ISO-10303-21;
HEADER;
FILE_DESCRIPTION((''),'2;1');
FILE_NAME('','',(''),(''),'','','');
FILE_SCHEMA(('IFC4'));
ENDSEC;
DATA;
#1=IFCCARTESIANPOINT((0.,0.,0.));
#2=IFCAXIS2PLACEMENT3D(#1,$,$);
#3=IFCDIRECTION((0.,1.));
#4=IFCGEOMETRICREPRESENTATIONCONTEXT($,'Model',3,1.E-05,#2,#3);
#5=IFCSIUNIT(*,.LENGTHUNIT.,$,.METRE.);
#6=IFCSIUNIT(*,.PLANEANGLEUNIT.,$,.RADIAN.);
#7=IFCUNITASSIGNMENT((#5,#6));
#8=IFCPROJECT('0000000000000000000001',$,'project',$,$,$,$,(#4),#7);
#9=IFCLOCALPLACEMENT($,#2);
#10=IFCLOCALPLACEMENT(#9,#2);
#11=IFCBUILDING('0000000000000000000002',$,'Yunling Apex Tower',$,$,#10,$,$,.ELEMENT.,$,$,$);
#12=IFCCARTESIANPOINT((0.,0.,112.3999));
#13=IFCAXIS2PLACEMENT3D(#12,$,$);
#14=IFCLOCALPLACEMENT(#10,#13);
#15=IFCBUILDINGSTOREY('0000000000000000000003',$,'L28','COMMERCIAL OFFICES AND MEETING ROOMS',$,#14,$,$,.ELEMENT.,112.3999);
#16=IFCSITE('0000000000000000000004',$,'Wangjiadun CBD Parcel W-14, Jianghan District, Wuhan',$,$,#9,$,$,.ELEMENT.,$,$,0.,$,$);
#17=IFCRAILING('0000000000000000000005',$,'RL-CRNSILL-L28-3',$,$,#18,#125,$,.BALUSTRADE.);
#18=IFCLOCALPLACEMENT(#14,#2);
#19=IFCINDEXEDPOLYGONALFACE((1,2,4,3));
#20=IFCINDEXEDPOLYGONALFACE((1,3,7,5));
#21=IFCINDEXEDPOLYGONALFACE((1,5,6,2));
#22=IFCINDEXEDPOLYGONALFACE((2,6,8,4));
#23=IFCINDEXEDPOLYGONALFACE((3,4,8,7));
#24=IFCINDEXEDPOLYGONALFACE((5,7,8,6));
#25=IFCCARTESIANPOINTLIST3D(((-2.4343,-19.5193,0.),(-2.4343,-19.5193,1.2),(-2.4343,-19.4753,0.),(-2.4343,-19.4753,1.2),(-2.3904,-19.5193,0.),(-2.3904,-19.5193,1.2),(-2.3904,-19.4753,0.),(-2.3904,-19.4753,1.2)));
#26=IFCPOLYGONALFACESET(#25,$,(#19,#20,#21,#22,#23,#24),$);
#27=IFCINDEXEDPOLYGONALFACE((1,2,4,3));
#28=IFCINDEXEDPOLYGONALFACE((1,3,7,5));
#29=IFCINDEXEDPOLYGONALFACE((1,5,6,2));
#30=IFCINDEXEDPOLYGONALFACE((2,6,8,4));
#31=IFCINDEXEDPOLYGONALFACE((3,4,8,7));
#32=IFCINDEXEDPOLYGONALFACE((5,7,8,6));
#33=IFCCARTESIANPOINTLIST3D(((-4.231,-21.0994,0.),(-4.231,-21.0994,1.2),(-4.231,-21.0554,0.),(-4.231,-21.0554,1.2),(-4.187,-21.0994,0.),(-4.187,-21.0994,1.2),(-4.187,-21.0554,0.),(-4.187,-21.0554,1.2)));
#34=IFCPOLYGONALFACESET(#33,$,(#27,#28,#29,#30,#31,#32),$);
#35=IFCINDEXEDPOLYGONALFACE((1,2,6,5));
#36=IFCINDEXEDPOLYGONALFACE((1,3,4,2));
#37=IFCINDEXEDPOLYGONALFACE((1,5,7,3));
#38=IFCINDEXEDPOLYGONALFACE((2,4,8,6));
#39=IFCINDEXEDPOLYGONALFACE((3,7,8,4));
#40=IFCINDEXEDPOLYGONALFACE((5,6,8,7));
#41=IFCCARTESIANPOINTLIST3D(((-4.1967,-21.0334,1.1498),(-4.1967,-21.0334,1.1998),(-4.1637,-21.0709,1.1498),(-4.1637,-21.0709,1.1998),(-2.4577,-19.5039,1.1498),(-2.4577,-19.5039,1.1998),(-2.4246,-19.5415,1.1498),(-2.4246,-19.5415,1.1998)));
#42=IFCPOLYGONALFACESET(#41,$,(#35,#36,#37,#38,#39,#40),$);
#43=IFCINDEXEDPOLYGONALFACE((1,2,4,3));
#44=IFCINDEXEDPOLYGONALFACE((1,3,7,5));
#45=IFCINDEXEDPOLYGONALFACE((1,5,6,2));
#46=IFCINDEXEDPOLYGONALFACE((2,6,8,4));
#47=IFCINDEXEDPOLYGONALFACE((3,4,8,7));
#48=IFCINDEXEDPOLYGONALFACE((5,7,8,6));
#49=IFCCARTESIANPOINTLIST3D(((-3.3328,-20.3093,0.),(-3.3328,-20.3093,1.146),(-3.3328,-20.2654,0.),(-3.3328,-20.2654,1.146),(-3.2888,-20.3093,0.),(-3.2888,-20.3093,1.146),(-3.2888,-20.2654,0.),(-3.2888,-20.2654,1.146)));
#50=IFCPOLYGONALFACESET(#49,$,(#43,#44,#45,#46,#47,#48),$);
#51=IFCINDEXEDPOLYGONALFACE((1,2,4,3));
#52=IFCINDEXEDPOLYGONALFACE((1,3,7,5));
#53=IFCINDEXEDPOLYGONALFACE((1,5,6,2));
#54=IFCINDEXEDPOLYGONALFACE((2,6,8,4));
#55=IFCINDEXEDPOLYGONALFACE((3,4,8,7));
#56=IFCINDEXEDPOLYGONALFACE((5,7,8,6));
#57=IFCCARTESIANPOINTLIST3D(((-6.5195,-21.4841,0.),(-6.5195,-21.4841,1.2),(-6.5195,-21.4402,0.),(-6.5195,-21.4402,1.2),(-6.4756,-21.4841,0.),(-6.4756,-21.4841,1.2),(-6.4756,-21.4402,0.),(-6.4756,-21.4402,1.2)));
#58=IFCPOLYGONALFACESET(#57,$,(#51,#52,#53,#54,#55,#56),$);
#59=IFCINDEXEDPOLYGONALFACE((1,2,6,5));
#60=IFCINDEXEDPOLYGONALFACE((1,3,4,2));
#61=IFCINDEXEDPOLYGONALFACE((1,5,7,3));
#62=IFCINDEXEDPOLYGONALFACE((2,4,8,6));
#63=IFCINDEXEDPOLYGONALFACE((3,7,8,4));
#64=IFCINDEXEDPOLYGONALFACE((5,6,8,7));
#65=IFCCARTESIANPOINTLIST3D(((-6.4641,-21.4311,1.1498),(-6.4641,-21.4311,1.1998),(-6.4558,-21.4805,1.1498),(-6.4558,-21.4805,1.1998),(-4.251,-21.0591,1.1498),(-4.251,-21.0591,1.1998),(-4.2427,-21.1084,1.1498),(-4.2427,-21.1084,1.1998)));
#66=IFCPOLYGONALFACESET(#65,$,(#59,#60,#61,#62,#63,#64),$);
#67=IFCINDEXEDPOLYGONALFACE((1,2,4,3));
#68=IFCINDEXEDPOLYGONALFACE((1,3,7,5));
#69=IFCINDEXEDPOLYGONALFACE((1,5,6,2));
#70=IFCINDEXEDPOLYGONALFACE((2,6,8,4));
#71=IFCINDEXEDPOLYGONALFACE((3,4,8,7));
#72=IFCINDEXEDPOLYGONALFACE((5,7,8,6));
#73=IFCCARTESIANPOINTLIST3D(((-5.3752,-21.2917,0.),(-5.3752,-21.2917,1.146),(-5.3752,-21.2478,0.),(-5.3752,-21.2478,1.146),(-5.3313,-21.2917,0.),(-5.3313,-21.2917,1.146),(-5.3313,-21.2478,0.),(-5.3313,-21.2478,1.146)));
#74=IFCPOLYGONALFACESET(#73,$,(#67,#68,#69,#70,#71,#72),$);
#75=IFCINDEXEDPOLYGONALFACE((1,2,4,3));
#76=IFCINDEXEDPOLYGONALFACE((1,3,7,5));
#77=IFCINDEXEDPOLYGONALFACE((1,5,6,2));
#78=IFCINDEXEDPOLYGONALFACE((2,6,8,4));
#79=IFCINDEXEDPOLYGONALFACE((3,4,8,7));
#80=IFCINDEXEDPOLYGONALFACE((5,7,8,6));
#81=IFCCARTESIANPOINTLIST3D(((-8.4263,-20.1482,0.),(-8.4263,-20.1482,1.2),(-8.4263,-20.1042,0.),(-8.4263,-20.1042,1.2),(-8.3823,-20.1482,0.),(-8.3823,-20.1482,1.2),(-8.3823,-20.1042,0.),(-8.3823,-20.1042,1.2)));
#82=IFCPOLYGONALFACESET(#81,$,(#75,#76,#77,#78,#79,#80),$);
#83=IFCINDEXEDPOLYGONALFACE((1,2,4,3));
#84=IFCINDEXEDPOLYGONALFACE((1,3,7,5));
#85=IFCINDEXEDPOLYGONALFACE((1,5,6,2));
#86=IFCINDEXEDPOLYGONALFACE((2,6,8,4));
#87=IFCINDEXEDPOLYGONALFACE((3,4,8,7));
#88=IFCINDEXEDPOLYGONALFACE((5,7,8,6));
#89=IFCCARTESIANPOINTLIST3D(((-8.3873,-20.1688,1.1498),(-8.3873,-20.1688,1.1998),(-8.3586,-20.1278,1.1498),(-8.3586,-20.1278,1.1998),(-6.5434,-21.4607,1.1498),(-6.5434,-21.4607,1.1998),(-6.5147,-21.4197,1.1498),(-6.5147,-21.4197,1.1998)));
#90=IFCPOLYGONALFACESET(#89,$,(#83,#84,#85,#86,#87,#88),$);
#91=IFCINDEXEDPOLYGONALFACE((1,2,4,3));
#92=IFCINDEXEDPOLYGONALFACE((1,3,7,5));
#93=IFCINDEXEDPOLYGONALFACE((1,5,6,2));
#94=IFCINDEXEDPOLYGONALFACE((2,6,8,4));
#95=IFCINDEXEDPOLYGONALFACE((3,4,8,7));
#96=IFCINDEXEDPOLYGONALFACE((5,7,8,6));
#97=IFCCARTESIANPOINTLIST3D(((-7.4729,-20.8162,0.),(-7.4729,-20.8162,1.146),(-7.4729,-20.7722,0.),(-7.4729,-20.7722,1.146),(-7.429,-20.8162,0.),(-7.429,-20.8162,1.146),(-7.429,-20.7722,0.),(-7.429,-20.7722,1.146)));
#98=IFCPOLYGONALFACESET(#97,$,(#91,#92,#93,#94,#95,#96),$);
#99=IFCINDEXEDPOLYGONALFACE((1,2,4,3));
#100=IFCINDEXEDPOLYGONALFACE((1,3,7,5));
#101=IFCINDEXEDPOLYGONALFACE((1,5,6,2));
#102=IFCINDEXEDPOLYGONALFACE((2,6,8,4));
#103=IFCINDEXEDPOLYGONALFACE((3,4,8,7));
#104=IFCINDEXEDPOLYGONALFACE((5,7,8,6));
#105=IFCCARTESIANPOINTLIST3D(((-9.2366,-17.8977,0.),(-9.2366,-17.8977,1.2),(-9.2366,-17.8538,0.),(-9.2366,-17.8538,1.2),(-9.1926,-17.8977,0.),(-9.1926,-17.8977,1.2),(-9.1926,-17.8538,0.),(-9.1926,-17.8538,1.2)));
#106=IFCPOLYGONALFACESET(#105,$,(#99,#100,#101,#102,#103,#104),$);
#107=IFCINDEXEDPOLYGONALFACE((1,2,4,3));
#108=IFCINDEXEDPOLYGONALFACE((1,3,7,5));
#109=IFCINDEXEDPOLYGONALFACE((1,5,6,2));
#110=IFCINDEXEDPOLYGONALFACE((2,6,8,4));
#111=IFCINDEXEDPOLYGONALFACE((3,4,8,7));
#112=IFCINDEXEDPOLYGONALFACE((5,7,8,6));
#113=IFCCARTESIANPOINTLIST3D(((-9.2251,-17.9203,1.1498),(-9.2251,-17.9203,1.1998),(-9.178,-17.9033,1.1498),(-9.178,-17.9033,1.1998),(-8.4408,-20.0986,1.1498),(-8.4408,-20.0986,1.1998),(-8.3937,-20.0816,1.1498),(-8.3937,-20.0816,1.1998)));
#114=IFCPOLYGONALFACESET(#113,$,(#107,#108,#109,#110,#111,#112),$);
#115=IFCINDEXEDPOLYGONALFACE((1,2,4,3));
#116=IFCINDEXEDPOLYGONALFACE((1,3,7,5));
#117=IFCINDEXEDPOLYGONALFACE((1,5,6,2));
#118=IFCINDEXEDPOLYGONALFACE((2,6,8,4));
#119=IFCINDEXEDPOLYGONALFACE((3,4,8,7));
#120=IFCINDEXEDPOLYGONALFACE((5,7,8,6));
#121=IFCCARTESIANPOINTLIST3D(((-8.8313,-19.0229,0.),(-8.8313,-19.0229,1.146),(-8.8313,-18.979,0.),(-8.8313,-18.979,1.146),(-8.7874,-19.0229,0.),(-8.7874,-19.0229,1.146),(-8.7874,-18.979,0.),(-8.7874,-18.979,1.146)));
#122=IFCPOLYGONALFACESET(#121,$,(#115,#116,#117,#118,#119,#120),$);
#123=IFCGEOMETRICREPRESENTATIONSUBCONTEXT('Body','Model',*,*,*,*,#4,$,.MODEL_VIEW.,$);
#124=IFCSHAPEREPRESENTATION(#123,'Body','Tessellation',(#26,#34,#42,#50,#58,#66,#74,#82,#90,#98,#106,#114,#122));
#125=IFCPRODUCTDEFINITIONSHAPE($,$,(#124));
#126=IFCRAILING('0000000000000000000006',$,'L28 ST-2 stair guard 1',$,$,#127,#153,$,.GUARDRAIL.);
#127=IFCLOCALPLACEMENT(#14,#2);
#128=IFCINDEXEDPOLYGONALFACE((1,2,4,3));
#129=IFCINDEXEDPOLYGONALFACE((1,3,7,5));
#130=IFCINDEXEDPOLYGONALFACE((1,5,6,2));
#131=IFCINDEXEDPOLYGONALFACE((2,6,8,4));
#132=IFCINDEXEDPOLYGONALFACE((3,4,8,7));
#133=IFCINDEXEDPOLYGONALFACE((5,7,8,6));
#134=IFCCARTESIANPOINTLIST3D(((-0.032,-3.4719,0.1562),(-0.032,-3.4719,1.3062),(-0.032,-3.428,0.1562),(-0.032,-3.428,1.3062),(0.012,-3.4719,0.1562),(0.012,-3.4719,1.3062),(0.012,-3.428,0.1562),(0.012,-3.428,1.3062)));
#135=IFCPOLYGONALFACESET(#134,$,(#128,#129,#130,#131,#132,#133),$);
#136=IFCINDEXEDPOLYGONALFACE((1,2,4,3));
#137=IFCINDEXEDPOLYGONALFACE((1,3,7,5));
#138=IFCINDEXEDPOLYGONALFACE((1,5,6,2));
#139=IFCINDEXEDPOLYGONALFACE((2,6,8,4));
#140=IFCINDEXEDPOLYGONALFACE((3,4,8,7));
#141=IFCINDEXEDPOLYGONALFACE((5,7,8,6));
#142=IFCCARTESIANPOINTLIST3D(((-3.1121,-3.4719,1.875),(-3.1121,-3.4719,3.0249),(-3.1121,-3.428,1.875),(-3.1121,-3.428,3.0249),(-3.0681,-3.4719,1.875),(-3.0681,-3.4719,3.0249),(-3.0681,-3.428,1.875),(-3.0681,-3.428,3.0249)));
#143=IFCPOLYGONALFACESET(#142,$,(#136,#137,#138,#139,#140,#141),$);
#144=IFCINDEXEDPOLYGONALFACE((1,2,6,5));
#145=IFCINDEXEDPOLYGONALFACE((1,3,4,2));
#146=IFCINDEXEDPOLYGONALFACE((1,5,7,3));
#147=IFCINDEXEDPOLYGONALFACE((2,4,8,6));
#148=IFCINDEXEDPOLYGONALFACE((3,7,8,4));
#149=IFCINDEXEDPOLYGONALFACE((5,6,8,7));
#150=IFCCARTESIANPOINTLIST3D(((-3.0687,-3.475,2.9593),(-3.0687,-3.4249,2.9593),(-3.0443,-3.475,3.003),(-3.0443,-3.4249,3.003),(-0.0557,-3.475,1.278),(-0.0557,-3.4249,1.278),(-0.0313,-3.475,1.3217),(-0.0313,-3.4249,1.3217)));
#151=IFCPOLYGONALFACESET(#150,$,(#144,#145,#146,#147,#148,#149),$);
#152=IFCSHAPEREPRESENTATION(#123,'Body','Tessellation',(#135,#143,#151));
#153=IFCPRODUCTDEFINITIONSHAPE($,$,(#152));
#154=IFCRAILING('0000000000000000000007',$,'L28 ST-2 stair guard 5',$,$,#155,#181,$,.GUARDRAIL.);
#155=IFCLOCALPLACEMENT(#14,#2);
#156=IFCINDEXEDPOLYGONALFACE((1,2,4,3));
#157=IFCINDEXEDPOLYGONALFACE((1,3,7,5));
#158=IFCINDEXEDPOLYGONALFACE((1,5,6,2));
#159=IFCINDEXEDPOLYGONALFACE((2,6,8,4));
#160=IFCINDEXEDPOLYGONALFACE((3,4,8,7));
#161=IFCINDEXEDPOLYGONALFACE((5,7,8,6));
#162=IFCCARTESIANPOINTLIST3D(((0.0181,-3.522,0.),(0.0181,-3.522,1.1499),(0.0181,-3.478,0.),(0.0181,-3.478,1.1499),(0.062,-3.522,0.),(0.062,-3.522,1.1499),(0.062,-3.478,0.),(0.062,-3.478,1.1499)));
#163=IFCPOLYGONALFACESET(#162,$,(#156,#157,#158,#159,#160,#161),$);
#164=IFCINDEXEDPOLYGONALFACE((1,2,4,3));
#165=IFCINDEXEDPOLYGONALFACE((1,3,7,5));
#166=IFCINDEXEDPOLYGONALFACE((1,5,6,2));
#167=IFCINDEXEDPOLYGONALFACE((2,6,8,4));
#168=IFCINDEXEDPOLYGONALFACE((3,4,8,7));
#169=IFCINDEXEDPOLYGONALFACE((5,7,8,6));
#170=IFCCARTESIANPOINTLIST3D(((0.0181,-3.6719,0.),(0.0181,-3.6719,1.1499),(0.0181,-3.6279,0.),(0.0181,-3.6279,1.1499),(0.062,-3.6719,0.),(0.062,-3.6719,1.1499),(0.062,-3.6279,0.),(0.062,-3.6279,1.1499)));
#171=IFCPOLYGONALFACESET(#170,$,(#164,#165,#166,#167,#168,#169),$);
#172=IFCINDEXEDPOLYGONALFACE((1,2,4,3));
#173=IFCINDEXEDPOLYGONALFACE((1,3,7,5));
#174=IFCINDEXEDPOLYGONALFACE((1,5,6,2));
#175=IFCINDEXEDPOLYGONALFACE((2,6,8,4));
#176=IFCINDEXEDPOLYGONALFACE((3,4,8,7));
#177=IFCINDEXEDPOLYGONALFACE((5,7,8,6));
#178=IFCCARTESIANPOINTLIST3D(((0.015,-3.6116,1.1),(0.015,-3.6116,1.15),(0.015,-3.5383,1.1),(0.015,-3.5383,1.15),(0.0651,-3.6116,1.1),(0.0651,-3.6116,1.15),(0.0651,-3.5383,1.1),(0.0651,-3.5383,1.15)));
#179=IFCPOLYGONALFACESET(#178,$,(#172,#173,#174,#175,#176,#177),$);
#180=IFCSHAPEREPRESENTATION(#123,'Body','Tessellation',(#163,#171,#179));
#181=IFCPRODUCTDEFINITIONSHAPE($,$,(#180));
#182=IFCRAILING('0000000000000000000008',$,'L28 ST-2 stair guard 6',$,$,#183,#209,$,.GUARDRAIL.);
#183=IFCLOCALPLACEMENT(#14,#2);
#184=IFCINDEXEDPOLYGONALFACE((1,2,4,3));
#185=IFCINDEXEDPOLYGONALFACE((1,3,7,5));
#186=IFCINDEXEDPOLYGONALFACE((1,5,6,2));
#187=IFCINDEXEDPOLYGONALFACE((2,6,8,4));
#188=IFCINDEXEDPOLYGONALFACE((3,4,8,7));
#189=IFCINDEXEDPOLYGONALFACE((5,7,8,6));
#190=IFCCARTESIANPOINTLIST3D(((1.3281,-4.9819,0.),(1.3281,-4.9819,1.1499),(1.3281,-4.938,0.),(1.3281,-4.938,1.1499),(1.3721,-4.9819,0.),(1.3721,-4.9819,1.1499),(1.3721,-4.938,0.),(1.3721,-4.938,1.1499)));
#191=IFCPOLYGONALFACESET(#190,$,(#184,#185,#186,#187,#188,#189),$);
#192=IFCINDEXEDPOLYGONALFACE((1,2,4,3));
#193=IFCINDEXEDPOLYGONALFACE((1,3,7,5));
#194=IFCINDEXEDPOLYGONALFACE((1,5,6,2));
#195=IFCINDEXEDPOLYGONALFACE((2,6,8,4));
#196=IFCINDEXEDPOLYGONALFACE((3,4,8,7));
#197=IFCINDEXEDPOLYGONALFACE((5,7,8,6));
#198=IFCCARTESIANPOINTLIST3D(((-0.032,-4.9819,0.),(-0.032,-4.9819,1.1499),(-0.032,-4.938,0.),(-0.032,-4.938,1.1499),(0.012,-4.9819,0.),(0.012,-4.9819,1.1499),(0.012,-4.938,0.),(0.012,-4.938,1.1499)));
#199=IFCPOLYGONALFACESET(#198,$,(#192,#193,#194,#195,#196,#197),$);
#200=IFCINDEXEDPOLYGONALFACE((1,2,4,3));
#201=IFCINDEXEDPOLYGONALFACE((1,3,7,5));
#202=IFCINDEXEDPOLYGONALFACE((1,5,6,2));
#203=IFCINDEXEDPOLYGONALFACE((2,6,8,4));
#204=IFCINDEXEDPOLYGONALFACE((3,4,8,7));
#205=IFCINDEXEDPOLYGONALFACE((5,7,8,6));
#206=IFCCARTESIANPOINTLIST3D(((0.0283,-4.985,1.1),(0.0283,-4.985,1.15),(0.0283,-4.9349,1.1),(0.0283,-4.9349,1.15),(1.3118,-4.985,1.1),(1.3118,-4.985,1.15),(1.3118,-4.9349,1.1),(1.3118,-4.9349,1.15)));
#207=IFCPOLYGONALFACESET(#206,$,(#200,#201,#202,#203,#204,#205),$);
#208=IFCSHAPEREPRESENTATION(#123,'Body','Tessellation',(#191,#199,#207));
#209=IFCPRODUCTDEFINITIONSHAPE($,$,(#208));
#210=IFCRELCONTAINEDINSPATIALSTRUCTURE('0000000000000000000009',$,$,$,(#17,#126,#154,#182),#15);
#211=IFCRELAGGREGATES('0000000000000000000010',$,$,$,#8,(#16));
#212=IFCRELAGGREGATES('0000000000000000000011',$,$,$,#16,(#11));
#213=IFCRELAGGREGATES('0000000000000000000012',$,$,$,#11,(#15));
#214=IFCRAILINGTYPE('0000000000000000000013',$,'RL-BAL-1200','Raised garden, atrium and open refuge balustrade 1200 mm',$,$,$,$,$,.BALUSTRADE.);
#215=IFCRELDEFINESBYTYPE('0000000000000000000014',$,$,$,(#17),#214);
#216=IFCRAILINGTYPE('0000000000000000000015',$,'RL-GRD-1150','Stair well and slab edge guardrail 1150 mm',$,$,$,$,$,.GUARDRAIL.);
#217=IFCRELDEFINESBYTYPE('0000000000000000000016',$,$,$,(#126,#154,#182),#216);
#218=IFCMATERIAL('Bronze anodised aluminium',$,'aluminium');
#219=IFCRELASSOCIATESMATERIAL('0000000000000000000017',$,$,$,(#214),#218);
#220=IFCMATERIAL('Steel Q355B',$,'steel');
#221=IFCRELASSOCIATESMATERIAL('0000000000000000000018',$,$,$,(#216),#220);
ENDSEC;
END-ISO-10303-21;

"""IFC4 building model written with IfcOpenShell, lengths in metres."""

from ifc_helpers import new_model, si_unit, direction, frame, origin, origin_2d, place, context, subcontext, project, spatial, rectangle, extrude, material, type_object, element, save


model = new_model("IFC4")

# Units and contexts
model_context = context("Model", 3, precision=1e-05, world=origin(), true_north=direction((0.0, 1.0)))
body_context = subcontext(model_context, "Body", "Model", "MODEL_VIEW")
ifc_project = project(units=[si_unit("LENGTHUNIT", "METRE"), si_unit("PLANEANGLEUNIT", "RADIAN")], contexts=[model_context])

# Site, building, storey
site_placement = place(None, origin())
site = spatial("IfcSite", under=ifc_project, at=site_placement, Name="Wangjiadun CBD Parcel W-14, Jianghan District, Wuhan", CompositionType="ELEMENT", RefElevation=0.0)
building_placement = place(site_placement, origin())
building = spatial("IfcBuilding", under=site, at=building_placement, Name="Yunling Apex Tower", CompositionType="ELEMENT")
storey_placement = place(building_placement, frame((0.0, 0.0, 112.3999)))
storey = spatial("IfcBuildingStorey", under=building, at=storey_placement, Name="L28", Description="COMMERCIAL OFFICES AND MEETING ROOMS", CompositionType="ELEMENT", Elevation=112.3999)

# Shared definitions
ifc_material_1 = material(Name="Steel Q355B", Category="steel")

# Shared definitions
ifc_material_2 = material(Name="Bronze anodised aluminium", Category="aluminium")

# Railings
railing_type_1 = type_object("IfcRailingType", Name="RL-BAL-1200", Description="Raised garden, atrium and open refuge balustrade 1200 mm", PredefinedType="BALUSTRADE", material=ifc_material_2)
railing_1_placement = place(storey_placement, frame((-2.4124, -19.4973, 0.0)))
element("IfcRailing", 1, at=railing_1_placement, inside=storey, type_object=railing_type_1, Name="RL-CRNSILL-L28-3", PredefinedType="BALUSTRADE", context=body_context, shape_type="SweptSolid", body=[
    extrude(rectangle(XDim=0.0439, YDim=0.0439, at=origin_2d()), origin(), (0.0, 0.0, 1.0), 1.2),
    extrude(rectangle(XDim=0.0439, YDim=0.0439, at=origin_2d()), frame((-1.7966, -1.5801, 0.0)), (0.0, 0.0, 1.0), 1.2),
    extrude(rectangle(XDim=0.05, YDim=0.05, at=origin_2d()), frame((-0.0288, -0.0254, 1.1748), z_axis=(-0.750912, -0.660402, 0.0), x_axis=(0.660402, -0.750912, 0.0)), (0.0, 0.0, 1.0), 2.3159),
    extrude(rectangle(XDim=0.0439, YDim=0.0439, at=origin_2d()), frame((-0.8984, -0.79, 0.0)), (0.0, 0.0, 1.0), 1.146),
    extrude(rectangle(XDim=0.0439, YDim=0.0439, at=origin_2d()), frame((-4.0852, -1.9648, 0.0)), (0.0, 0.0, 1.0), 1.2),
    extrude(rectangle(XDim=0.05, YDim=0.05, at=origin_2d()), frame((-1.8345, -1.5864, 1.1748), z_axis=(-0.98616, -0.165798, 0.0), x_axis=(0.165798, -0.98616, 0.0)), (0.0, 0.0, 1.0), 2.2441),
    extrude(rectangle(XDim=0.0439, YDim=0.0439, at=origin_2d()), frame((-2.9409, -1.7725, 0.0)), (0.0, 0.0, 1.0), 1.146),
    extrude(rectangle(XDim=0.0439, YDim=0.0439, at=origin_2d()), frame((-5.9919, -0.6289, 0.0)), (0.0, 0.0, 1.0), 1.2),
    extrude(rectangle(XDim=0.05, YDim=0.05, at=origin_2d()), frame((-4.1167, -1.9429, 1.1748), z_axis=(-0.818986, 0.573814, 0.0), x_axis=(-0.573814, -0.818986, 0.0)), (0.0, 0.0, 1.0), 2.2515),
    extrude(rectangle(XDim=0.0439, YDim=0.0439, at=origin_2d()), frame((-5.0386, -1.2969, 0.0)), (0.0, 0.0, 1.0), 1.146),
    extrude(rectangle(XDim=0.0439, YDim=0.0439, at=origin_2d()), frame((-6.8022, 1.6216, 0.0)), (0.0, 0.0, 1.0), 1.2),
    extrude(rectangle(XDim=0.05, YDim=0.05, at=origin_2d()), frame((-6.0049, -0.5928, 1.1748), z_axis=(-0.338766, 0.94087, 0.0), x_axis=(-0.94087, -0.338766, 0.0)), (0.0, 0.0, 1.0), 2.3152),
    extrude(rectangle(XDim=0.0439, YDim=0.0439, at=origin_2d()), frame((-6.397, 0.4963, 0.0)), (0.0, 0.0, 1.0), 1.146),
])
railing_type_2 = type_object("IfcRailingType", Name="RL-GRD-1150", Description="Stair well and slab edge guardrail 1150 mm", PredefinedType="GUARDRAIL", material=ifc_material_1)
railing_2_placement = place(storey_placement, frame((-0.01, -3.45, 0.1562)))
element("IfcRailing", 2, at=railing_2_placement, inside=storey, type_object=railing_type_2, Name="L28 ST-2 stair guard 1", PredefinedType="GUARDRAIL", context=body_context, shape_type="SweptSolid", body=[
    extrude(rectangle(XDim=0.0439, YDim=0.0439, at=origin_2d()), origin(), (0.0, 0.0, 1.0), 1.1499),
    extrude(rectangle(XDim=0.0439, YDim=0.0439, at=origin_2d()), frame((-3.0801, 0.0, 1.7188)), (0.0, 0.0, 1.0), 1.1499),
    extrude(rectangle(XDim=0.05, YDim=0.05, at=origin_2d()), frame((-0.0334, 0.0, 1.1436), z_axis=(-0.873242, 0.0, 0.487288), x_axis=(0.0, -1.0, 0.0)), (0.0, 0.0, 1.0), 3.4504),
])
railing_3_placement = place(storey_placement, frame((0.04, -3.5, 0.0)))
element("IfcRailing", 3, at=railing_3_placement, inside=storey, type_object=railing_type_2, Name="L28 ST-2 stair guard 5", PredefinedType="GUARDRAIL", context=body_context, shape_type="SweptSolid", body=[
    extrude(rectangle(XDim=0.0439, YDim=0.0439, at=origin_2d()), origin(), (0.0, 0.0, 1.0), 1.1499),
    extrude(rectangle(XDim=0.0439, YDim=0.0439, at=origin_2d()), frame((0.0, -0.1499, 0.0)), (0.0, 0.0, 1.0), 1.1499),
    extrude(rectangle(XDim=0.05, YDim=0.05, at=origin_2d()), frame((0.0, -0.0383, 1.125), z_axis=(0.0, -1.0, 0.0), x_axis=(1.0, 0.0, 0.0)), (0.0, 0.0, 1.0), 0.0732),
])
railing_4_placement = place(storey_placement, frame((1.3501, -4.96, 0.0)))
element("IfcRailing", 4, at=railing_4_placement, inside=storey, type_object=railing_type_2, Name="L28 ST-2 stair guard 6", PredefinedType="GUARDRAIL", context=body_context, shape_type="SweptSolid", body=[
    extrude(rectangle(XDim=0.0439, YDim=0.0439, at=origin_2d()), origin(), (0.0, 0.0, 1.0), 1.1499),
    extrude(rectangle(XDim=0.0439, YDim=0.0439, at=origin_2d()), frame((-1.3601, 0.0, 0.0)), (0.0, 0.0, 1.0), 1.1499),
    extrude(rectangle(XDim=0.05, YDim=0.05, at=origin_2d()), frame((-0.0383, 0.0, 1.125), z_axis=(-1.0, 0.0, 0.0), x_axis=(0.0, -1.0, 0.0)), (0.0, 0.0, 1.0), 1.2834),
])

save(model, "model.ifc")
